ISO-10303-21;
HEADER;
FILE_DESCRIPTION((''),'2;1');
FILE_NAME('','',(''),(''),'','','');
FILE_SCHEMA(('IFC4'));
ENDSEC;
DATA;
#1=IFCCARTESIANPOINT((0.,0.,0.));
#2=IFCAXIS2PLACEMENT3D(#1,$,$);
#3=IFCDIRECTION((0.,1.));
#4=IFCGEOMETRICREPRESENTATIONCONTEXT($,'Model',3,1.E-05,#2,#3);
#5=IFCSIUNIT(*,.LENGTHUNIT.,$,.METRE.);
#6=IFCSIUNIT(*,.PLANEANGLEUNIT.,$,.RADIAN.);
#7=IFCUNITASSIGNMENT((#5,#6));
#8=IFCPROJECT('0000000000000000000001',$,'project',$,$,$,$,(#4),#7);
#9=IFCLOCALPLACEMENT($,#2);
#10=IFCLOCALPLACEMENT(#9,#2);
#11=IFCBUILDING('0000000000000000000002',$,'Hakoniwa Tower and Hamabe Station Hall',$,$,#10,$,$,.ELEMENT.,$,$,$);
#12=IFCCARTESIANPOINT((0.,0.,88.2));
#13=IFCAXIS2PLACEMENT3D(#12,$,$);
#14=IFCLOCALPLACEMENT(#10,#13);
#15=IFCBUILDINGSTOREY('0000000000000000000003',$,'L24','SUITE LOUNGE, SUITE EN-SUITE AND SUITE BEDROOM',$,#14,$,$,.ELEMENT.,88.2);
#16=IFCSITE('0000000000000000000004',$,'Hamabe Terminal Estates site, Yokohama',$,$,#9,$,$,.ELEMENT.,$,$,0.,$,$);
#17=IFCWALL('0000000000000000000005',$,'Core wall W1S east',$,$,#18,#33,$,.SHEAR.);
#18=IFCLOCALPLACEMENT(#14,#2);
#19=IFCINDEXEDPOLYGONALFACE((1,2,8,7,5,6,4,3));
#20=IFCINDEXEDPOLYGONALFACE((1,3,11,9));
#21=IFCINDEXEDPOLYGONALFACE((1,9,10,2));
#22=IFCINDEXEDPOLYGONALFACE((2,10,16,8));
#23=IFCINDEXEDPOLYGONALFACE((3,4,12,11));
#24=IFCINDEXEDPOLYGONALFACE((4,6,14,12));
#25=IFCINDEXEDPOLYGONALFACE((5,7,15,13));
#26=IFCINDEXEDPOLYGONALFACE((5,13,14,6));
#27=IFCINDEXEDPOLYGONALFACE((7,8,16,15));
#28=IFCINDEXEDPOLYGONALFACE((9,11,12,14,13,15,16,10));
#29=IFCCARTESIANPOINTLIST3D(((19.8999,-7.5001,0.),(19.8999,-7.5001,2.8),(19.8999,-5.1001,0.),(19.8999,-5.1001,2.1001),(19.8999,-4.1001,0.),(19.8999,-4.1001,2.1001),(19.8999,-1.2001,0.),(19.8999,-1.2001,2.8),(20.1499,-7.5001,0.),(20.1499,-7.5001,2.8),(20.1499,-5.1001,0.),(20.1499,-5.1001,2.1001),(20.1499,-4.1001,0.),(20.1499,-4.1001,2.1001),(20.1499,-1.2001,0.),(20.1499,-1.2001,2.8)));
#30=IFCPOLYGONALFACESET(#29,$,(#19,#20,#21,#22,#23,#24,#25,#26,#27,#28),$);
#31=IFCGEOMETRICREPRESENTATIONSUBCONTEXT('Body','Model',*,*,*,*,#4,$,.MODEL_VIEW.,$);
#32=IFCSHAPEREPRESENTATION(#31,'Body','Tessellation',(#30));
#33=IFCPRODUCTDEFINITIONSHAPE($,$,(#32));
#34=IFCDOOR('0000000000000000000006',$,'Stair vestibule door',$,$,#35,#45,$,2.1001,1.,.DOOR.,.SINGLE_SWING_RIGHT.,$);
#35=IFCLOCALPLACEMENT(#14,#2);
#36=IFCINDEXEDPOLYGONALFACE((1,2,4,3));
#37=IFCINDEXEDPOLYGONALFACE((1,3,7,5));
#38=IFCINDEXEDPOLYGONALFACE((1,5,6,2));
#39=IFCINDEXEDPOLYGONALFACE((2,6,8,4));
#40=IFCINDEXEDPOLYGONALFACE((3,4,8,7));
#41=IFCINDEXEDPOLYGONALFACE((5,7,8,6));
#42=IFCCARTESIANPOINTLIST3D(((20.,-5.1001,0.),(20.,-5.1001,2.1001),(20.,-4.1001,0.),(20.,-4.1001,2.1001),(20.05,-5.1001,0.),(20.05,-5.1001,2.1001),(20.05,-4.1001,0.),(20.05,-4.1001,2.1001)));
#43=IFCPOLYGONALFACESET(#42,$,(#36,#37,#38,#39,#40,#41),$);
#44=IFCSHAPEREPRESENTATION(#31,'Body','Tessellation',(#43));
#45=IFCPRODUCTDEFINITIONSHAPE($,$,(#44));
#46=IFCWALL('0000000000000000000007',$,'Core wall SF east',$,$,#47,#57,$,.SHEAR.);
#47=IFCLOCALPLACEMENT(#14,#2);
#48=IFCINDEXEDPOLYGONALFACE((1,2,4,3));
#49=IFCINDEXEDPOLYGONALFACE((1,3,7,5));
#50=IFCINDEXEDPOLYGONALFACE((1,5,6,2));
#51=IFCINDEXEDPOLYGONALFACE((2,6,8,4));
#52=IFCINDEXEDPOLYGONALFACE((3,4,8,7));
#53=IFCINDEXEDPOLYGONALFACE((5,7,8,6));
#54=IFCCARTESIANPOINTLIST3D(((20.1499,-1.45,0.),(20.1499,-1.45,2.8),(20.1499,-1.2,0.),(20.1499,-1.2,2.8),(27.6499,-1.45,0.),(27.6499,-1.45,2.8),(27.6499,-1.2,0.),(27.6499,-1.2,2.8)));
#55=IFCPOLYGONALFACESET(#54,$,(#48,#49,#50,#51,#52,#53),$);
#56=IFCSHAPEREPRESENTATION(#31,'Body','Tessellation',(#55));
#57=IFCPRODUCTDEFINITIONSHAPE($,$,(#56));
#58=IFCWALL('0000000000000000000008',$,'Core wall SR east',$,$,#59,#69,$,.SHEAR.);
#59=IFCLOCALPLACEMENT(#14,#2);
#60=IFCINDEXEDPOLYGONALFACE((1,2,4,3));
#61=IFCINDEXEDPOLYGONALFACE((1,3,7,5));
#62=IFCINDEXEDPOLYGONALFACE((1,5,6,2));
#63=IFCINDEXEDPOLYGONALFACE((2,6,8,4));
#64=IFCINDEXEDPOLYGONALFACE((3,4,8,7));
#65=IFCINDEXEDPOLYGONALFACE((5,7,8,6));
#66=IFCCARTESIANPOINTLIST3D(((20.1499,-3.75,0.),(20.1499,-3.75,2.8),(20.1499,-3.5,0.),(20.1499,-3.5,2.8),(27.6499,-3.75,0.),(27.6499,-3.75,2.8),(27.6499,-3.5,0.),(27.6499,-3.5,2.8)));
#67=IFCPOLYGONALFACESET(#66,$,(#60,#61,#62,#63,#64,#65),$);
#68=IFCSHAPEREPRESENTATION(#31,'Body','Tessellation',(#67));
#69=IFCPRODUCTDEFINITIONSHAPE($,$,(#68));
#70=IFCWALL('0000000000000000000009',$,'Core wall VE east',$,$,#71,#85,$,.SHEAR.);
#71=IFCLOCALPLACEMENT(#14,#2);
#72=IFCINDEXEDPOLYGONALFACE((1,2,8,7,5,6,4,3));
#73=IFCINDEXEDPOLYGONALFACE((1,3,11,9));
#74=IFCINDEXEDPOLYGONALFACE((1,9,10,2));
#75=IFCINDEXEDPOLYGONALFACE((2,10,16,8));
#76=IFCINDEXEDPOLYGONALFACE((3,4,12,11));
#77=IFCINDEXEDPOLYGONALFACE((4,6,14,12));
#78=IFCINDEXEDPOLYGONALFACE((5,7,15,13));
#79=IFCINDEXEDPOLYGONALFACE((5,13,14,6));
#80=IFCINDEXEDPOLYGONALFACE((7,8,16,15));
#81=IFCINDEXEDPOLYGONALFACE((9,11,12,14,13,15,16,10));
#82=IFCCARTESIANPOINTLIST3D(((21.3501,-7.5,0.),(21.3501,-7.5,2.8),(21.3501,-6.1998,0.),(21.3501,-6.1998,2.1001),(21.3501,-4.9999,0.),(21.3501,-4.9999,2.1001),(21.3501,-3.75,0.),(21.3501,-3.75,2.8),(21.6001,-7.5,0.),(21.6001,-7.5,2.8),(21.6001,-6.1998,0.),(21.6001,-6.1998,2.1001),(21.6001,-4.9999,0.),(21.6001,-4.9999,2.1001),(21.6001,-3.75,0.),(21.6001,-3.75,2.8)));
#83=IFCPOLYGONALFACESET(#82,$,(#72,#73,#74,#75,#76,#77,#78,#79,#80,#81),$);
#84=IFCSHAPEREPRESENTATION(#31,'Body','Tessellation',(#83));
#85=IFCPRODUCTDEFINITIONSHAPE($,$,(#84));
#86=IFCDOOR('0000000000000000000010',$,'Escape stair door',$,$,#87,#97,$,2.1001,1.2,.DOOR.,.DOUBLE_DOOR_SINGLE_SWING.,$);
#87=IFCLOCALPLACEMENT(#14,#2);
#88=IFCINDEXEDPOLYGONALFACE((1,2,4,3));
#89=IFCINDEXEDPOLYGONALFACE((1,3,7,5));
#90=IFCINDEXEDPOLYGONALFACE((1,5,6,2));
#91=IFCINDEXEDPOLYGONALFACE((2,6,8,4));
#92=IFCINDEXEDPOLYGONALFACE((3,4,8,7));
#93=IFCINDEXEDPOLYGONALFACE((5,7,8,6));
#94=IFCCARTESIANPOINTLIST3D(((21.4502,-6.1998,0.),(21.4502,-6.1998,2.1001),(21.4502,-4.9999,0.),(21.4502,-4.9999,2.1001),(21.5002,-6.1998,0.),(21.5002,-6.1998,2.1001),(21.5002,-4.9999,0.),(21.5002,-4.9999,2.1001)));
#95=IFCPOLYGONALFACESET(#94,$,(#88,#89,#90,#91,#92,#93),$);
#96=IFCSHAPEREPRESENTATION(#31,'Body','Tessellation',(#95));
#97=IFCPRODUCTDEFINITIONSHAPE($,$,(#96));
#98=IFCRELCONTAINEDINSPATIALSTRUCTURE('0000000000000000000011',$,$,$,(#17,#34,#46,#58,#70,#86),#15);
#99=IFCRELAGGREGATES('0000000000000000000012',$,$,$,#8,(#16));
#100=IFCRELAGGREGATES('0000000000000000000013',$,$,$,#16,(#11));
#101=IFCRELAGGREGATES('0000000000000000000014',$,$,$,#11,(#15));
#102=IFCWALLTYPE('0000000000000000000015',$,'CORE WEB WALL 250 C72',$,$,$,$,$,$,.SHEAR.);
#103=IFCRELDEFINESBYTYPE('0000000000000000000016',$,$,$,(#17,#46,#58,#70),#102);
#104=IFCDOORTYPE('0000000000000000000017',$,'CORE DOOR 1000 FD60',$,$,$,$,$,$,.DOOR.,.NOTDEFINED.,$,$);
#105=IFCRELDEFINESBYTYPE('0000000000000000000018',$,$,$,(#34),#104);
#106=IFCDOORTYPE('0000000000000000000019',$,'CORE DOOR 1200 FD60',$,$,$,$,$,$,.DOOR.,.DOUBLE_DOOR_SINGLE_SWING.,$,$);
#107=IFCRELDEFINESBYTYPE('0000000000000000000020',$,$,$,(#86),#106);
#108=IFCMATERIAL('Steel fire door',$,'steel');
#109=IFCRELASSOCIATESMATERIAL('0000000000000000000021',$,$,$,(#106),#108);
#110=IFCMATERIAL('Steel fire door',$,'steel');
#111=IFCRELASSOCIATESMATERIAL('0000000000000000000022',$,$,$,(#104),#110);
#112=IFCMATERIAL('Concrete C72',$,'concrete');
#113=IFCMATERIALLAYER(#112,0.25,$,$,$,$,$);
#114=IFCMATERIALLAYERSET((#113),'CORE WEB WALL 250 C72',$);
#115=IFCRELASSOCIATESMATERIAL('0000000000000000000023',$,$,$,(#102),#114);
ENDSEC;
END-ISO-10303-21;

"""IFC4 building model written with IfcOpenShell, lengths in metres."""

from ifc_helpers import new_model, si_unit, direction, frame, frame_2d, origin, place, context, subcontext, project, spatial, rectangle, extrude, material, layer, layer_set, type_object, element, fill, save


model = new_model("IFC4")

# Units and contexts
model_context = context("Model", 3, precision=1e-05, world=origin(), true_north=direction((0.0, 1.0)))
body_context = subcontext(model_context, "Body", "Model", "MODEL_VIEW")
ifc_project = project(units=[si_unit("LENGTHUNIT", "METRE"), si_unit("PLANEANGLEUNIT", "RADIAN")], contexts=[model_context])

# Site, building, storey
site_placement = place(None, origin())
site = spatial("IfcSite", under=ifc_project, at=site_placement, Name="Hamabe Terminal Estates site, Yokohama", CompositionType="ELEMENT", RefElevation=0.0)
building_placement = place(site_placement, origin())
building = spatial("IfcBuilding", under=site, at=building_placement, Name="Hakoniwa Tower and Hamabe Station Hall", CompositionType="ELEMENT")
storey_placement = place(building_placement, frame((0.0, 0.0, 88.2)))
storey = spatial("IfcBuildingStorey", under=building, at=storey_placement, Name="L24", Description="SUITE LOUNGE, SUITE EN-SUITE AND SUITE BEDROOM", CompositionType="ELEMENT", Elevation=88.2)

# Wall, opening, door
ifc_material_1 = material(Name="Steel fire door", Category="steel")
door_type_1 = type_object("IfcDoorType", Name="CORE DOOR 1200 FD60", OperationType="DOUBLE_DOOR_SINGLE_SWING", PredefinedType="DOOR", material=ifc_material_1)
ifc_material_2 = material(Name="Steel fire door", Category="steel")
door_type_2 = type_object("IfcDoorType", Name="CORE DOOR 1000 FD60", OperationType="NOTDEFINED", PredefinedType="DOOR", material=ifc_material_2)
ifc_material_3 = material(Name="Concrete C72", Category="concrete")
ifc_layer_1 = layer(ifc_material_3, 0.25)
ifc_layer_set_1 = layer_set([ifc_layer_1], Name="CORE WEB WALL 250 C72")
wall_type_1 = type_object("IfcWallType", Name="CORE WEB WALL 250 C72", PredefinedType="SHEAR", material=ifc_layer_set_1)
wall_1_placement = place(storey_placement, frame((20.0249, -7.5, 0.0), z_axis=(0.0, 0.0, 1.0), x_axis=(0.0, 1.0, 0.0)))
wall_1 = element("IfcWall", 1, at=wall_1_placement, inside=storey, type_object=wall_type_1, Name="Core wall W1S east", PredefinedType="SHEAR", context=body_context, shape_type="SweptSolid", body=[
    extrude(rectangle(XDim=6.3, YDim=0.25, at=frame_2d((3.1499, 0.0))), origin(), (0.0, 0.0, 1.0), 2.8),
])
opening_1_placement = place(wall_1_placement, frame((2.3999, 0.0, 0.0)))
opening_1 = element("IfcOpeningElement", 2, at=opening_1_placement, cuts=wall_1, PredefinedType="OPENING", context=body_context, shape_type="SweptSolid", body=[
    extrude(rectangle(XDim=1.0, YDim=2.1001, at=frame_2d((0.5, 1.05))), frame((0.0, 0.135, 0.0), z_axis=(0.0, -1.0, 0.0), x_axis=(1.0, 0.0, 0.0)), (0.0, 0.0, 1.0), 0.27),
])
door_1_placement = place(opening_1_placement, origin())
door_1 = element("IfcDoor", 3, at=door_1_placement, inside=storey, type_object=door_type_2, Name="Stair vestibule door", OperationType="SINGLE_SWING_RIGHT", OverallHeight=2.1001, OverallWidth=1.0, PredefinedType="DOOR", context=body_context, shape_type="SweptSolid", body=[
    extrude(rectangle(XDim=1.0, YDim=2.1001, at=frame_2d((0.5, 1.05))), frame((0.0, 0.0249, 0.0), z_axis=(0.0, -1.0, 0.0), x_axis=(1.0, 0.0, 0.0)), (0.0, 0.0, 1.0), 0.05),
])
fill(opening_1, door_1)

# Walls
for number, where, z_axis, x_axis, name in (
    (4, (20.1499, -1.325, 0.0), (0.0, 0.0, 1.0), (1.0, 0.0, 0.0), "Core wall SF east"),
    (5, (20.1499, -3.625, 0.0), (0.0, 0.0, 1.0), (1.0, 0.0, 0.0), "Core wall SR east"),
):
    element("IfcWall", number, at=place(storey_placement, frame(where, z_axis=z_axis, x_axis=x_axis)), inside=storey, type_object=wall_type_1, Name=name, PredefinedType="SHEAR", context=body_context, shape_type="SweptSolid", body=[
        extrude(rectangle(XDim=7.5, YDim=0.25, at=frame_2d((3.75, 0.0))), origin(), (0.0, 0.0, 1.0), 2.8),
    ])

# Wall, opening, door
wall_2_placement = place(storey_placement, frame((21.4751, -7.5, 0.0), z_axis=(0.0, 0.0, 1.0), x_axis=(0.0, 1.0, 0.0)))
wall_2 = element("IfcWall", 6, at=wall_2_placement, inside=storey, type_object=wall_type_1, Name="Core wall VE east", PredefinedType="SHEAR", context=body_context, shape_type="SweptSolid", body=[
    extrude(rectangle(XDim=3.75, YDim=0.25, at=frame_2d((1.875, 0.0))), origin(), (0.0, 0.0, 1.0), 2.8),
])
opening_2_placement = place(wall_2_placement, frame((1.3, 0.0, 0.0)))
opening_2 = element("IfcOpeningElement", 7, at=opening_2_placement, cuts=wall_2, PredefinedType="OPENING", context=body_context, shape_type="SweptSolid", body=[
    extrude(rectangle(XDim=1.2, YDim=2.1001, at=frame_2d((0.6001, 1.05))), frame((0.0, 0.135, 0.0), z_axis=(0.0, -1.0, 0.0), x_axis=(1.0, 0.0, 0.0)), (0.0, 0.0, 1.0), 0.27),
])
door_2_placement = place(opening_2_placement, origin())
door_2 = element("IfcDoor", 8, at=door_2_placement, inside=storey, type_object=door_type_1, Name="Escape stair door", OperationType="DOUBLE_DOOR_SINGLE_SWING", OverallHeight=2.1001, OverallWidth=1.2, PredefinedType="DOOR", context=body_context, shape_type="SweptSolid", body=[
    extrude(rectangle(XDim=1.2, YDim=2.1001, at=frame_2d((0.6001, 1.05))), frame((0.0, 0.0249, 0.0), z_axis=(0.0, -1.0, 0.0), x_axis=(1.0, 0.0, 0.0)), (0.0, 0.0, 1.0), 0.05),
])
fill(opening_2, door_2)

save(model, "model.ifc")
